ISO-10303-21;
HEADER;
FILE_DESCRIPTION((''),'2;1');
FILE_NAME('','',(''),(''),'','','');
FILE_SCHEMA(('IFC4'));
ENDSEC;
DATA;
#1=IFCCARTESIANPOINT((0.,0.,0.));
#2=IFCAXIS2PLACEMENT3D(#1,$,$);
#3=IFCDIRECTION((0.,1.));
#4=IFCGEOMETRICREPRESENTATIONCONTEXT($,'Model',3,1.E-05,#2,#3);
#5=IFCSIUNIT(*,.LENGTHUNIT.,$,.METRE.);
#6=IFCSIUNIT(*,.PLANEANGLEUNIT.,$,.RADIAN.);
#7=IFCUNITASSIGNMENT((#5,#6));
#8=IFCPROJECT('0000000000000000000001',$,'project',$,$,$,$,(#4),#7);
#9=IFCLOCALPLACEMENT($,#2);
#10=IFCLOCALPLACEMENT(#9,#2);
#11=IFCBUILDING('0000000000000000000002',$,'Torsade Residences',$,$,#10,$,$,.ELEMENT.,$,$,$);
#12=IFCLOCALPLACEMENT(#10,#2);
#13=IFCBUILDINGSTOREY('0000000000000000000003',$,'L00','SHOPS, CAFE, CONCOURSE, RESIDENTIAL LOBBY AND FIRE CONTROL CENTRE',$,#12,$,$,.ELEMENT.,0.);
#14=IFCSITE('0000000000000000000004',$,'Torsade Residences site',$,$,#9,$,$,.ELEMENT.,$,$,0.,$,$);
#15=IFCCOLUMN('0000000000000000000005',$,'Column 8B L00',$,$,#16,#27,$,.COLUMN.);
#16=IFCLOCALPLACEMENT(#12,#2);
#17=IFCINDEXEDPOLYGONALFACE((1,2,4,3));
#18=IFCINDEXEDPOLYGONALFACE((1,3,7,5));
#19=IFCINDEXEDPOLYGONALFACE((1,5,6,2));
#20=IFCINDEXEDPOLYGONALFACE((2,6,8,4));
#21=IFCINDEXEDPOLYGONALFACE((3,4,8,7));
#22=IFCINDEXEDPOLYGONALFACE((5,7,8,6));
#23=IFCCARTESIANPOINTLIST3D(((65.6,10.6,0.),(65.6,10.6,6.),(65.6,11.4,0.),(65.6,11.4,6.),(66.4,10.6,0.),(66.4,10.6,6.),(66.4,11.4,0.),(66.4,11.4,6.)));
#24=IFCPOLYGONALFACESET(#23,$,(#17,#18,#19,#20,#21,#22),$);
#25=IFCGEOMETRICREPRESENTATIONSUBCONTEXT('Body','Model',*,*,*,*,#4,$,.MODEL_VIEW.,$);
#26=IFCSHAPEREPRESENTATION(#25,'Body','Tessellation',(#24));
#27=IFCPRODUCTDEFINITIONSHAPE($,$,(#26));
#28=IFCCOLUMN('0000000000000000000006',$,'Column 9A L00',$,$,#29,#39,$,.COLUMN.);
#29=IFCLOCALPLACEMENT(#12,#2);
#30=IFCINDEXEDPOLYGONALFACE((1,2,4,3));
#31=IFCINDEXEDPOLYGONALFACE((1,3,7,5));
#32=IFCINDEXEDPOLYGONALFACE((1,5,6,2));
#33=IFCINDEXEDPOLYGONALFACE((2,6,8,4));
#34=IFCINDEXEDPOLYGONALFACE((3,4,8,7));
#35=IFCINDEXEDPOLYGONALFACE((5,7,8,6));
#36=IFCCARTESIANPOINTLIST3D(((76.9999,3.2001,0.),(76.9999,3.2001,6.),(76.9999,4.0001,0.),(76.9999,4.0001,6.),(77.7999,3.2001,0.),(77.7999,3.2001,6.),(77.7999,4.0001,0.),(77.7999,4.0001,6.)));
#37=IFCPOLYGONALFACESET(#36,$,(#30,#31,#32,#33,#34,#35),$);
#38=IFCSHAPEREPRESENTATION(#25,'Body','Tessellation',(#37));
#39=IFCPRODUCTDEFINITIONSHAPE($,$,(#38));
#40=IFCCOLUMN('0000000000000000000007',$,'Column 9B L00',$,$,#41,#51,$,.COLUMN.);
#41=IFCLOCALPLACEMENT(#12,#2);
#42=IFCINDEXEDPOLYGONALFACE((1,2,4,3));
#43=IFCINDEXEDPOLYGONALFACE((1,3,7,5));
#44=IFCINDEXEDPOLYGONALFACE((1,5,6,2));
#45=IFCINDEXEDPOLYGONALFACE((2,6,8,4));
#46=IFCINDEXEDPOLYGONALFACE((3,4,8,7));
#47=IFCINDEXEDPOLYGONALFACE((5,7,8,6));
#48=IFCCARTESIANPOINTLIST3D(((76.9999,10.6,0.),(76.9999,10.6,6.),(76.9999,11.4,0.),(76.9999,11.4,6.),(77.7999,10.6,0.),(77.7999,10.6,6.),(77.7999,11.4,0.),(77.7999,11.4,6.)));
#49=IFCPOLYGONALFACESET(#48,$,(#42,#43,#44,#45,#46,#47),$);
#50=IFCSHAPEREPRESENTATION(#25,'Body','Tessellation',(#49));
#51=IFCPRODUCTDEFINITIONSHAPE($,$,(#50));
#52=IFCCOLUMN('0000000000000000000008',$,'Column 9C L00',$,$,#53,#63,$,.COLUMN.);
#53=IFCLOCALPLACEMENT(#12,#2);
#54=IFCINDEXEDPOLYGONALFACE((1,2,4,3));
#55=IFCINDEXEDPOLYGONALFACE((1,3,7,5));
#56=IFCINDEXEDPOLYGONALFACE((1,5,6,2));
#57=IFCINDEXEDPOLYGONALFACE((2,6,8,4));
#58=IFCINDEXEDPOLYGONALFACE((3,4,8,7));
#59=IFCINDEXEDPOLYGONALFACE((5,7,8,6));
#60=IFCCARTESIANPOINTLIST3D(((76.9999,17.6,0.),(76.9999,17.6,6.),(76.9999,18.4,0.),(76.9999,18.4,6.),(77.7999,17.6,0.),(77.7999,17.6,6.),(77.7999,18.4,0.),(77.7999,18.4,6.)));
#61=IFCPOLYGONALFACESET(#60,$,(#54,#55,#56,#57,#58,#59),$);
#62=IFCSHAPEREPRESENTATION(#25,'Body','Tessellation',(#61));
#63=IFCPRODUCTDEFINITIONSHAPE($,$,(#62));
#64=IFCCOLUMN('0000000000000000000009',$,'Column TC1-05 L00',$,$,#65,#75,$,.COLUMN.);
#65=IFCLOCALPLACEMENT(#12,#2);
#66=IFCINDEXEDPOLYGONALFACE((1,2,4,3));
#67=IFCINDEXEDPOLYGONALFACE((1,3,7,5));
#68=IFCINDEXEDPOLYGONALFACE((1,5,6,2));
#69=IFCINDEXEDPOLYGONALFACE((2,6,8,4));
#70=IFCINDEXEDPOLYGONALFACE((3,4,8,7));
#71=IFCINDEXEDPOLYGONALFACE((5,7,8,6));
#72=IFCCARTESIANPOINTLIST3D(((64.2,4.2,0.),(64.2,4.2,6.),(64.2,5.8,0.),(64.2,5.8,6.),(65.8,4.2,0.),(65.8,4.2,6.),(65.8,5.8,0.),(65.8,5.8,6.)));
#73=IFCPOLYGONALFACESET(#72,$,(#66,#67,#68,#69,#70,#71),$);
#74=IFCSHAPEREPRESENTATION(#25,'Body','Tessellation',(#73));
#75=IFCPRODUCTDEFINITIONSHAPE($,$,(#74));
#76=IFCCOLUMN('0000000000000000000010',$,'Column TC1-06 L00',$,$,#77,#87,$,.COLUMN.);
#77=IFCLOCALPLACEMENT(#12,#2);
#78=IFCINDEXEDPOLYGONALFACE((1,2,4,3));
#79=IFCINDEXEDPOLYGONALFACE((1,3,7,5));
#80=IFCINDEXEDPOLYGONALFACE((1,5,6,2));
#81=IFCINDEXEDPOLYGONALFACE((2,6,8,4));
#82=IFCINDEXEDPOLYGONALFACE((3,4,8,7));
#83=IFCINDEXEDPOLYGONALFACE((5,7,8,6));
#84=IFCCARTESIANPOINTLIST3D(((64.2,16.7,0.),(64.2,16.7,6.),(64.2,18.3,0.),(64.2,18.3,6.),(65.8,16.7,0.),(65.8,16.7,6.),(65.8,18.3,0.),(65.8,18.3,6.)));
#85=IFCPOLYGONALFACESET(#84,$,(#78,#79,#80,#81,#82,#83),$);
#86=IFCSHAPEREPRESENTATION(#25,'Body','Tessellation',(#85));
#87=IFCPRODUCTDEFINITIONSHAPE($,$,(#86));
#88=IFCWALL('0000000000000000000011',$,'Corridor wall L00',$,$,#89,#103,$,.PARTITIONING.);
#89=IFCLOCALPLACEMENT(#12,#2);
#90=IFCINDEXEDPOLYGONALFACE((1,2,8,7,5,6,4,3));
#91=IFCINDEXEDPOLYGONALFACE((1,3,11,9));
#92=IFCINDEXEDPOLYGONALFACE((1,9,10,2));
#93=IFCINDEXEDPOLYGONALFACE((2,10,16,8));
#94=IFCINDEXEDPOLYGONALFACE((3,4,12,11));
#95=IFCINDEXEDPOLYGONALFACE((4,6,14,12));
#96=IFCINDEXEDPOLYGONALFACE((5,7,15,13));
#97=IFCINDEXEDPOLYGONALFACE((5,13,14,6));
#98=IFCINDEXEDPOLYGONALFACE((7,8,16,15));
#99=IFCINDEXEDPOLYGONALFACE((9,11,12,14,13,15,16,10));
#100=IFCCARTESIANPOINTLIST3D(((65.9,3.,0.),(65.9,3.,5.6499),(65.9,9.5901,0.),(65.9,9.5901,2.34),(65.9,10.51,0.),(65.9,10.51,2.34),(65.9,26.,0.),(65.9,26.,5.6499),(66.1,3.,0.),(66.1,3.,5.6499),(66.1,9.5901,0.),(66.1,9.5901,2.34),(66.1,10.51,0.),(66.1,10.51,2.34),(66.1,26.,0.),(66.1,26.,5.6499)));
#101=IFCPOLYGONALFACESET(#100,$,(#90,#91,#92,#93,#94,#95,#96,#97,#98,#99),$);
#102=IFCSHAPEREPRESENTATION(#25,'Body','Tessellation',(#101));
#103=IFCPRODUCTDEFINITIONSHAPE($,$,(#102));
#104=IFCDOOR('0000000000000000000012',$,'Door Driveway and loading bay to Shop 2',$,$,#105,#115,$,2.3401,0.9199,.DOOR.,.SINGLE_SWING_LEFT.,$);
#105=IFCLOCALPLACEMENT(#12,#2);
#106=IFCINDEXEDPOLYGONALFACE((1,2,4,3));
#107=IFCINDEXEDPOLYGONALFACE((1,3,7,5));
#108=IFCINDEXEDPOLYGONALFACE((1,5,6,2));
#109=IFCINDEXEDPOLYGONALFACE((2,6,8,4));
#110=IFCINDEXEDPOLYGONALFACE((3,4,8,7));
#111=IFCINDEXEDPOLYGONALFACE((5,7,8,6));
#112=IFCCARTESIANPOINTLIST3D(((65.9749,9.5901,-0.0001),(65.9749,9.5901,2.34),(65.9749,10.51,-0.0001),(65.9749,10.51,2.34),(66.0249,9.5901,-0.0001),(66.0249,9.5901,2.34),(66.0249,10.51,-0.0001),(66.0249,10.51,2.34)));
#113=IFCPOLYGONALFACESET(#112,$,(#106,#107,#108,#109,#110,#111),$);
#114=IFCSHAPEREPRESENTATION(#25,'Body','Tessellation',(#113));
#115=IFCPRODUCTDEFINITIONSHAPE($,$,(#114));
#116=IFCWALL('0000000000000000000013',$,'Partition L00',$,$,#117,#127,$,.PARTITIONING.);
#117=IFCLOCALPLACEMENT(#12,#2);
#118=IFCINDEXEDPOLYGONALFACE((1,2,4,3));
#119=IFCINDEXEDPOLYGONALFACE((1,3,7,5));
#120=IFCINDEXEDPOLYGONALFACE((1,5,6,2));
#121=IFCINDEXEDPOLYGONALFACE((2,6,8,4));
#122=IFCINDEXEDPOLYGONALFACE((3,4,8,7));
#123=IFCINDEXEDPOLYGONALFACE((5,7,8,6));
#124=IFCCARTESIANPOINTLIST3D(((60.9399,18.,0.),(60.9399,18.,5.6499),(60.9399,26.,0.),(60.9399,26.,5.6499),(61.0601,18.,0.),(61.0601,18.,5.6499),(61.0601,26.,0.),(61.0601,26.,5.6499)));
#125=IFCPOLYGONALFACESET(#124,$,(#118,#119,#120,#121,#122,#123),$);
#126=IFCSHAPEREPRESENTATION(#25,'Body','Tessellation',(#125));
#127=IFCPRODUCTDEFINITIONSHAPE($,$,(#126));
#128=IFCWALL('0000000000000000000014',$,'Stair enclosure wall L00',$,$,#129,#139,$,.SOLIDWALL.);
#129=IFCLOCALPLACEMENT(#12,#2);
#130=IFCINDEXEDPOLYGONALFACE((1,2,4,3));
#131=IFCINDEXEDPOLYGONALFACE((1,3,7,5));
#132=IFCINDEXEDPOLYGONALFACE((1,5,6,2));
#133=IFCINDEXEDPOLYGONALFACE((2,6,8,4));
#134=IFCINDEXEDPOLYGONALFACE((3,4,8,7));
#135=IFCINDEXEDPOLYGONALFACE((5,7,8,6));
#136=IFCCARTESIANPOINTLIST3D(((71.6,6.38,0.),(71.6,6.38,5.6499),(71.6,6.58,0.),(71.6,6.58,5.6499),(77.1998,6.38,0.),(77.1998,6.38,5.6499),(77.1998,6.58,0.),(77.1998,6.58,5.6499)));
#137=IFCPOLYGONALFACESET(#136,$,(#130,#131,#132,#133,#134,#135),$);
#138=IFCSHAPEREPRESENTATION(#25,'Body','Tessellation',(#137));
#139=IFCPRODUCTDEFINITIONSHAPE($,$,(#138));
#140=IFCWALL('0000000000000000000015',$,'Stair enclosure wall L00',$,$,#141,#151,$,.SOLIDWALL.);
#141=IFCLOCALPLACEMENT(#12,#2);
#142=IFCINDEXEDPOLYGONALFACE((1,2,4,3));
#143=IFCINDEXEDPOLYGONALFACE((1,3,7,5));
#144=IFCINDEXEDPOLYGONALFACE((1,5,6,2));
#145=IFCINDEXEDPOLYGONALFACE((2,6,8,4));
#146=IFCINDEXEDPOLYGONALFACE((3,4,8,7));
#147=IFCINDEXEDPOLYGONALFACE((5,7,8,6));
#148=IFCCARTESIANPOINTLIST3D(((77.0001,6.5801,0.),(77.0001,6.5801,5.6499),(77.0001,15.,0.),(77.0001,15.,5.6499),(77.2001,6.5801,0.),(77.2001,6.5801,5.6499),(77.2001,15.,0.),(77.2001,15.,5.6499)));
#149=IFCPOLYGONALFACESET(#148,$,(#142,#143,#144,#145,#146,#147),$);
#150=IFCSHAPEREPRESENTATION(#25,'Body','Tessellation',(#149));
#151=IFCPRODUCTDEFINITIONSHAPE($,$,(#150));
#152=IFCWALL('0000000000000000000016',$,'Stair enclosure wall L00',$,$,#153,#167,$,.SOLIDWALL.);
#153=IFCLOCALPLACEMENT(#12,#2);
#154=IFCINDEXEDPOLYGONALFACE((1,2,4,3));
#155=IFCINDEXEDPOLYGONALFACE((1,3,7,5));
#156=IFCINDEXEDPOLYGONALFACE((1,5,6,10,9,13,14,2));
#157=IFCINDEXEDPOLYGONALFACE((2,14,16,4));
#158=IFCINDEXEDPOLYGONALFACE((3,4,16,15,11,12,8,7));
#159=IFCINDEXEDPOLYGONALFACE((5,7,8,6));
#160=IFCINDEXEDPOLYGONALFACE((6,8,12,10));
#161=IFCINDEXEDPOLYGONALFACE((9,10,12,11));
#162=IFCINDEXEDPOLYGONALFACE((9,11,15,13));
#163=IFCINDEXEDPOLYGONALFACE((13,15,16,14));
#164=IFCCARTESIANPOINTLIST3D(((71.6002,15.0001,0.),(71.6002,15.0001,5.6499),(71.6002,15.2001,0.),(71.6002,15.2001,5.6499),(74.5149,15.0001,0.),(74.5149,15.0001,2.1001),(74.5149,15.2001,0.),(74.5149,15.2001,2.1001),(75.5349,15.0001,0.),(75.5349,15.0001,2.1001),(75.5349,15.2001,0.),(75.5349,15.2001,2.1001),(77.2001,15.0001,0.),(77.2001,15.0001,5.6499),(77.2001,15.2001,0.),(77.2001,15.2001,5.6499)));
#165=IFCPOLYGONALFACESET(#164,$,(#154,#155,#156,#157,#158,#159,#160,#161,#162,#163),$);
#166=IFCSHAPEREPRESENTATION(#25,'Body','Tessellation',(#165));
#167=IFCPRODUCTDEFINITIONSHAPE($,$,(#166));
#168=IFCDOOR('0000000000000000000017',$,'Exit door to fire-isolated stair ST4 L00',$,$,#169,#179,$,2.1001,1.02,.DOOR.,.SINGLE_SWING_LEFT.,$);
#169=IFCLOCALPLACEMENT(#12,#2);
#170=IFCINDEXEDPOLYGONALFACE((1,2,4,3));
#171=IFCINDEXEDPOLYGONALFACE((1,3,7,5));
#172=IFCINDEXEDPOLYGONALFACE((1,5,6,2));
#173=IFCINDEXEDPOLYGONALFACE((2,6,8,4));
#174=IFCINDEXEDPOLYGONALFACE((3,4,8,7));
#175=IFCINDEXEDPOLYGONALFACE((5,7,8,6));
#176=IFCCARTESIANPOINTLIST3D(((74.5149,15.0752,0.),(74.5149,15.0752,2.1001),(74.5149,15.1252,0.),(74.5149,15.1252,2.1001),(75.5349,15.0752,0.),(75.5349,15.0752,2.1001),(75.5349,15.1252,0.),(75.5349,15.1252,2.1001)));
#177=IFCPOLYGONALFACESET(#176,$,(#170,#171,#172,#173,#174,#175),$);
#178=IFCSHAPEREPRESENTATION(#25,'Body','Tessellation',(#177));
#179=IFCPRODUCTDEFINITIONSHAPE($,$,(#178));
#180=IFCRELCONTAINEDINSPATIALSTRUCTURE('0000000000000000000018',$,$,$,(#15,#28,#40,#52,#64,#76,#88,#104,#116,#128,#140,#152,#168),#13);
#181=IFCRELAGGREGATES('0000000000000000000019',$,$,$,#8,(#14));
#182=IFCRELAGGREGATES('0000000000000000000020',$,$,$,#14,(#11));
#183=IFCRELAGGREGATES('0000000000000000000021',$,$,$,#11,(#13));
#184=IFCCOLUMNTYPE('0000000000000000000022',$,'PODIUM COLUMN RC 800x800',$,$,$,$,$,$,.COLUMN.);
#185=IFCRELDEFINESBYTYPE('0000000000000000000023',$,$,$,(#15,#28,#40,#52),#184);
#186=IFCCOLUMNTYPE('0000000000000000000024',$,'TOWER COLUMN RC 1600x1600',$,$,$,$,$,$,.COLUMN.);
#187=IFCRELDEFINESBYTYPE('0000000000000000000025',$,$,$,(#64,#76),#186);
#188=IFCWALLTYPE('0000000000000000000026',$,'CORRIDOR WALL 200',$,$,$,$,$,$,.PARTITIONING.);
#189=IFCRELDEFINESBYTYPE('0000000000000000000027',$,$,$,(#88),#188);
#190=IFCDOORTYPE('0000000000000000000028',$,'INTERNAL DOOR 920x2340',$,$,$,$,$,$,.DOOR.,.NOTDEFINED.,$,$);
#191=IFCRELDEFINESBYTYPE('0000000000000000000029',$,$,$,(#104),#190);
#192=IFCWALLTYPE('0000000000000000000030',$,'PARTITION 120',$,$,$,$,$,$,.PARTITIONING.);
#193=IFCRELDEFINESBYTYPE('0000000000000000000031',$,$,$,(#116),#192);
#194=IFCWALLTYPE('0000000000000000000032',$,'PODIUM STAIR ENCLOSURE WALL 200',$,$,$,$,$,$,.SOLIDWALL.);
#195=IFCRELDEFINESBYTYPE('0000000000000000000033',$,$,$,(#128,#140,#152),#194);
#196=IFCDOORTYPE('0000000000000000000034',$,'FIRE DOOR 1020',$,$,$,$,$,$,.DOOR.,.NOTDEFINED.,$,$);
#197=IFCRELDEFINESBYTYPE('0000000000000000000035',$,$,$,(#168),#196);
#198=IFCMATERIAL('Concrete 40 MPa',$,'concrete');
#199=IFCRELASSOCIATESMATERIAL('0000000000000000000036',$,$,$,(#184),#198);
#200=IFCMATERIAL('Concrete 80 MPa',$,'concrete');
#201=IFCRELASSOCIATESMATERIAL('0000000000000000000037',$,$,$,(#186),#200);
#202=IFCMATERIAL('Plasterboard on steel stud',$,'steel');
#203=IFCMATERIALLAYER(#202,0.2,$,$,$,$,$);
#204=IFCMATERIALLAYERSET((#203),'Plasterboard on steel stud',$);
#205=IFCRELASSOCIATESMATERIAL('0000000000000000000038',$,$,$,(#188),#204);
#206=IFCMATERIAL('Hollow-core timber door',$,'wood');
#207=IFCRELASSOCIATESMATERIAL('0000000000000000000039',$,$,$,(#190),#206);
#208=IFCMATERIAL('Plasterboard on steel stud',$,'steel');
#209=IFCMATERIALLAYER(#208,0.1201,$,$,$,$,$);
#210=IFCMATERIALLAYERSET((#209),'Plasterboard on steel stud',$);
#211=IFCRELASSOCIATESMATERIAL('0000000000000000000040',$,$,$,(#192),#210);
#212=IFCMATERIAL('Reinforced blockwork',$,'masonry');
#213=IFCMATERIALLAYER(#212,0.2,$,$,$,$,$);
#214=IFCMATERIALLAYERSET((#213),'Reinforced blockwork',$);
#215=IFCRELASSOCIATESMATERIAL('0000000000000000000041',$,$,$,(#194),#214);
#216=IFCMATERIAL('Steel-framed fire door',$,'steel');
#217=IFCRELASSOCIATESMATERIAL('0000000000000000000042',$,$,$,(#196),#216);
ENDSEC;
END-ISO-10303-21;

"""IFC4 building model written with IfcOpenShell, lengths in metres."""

from ifc_helpers import new_model, si_unit, direction, frame, frame_2d, origin, origin_2d, place, context, subcontext, project, spatial, rectangle, extrude, material, layer, layer_set, material_profile, profile_set, type_object, element, fill, save


model = new_model("IFC4")

# Units and contexts
model_context = context("Model", 3, precision=1e-05, world=origin(), true_north=direction((0.0, 1.0)))
body_context = subcontext(model_context, "Body", "Model", "MODEL_VIEW")
ifc_project = project(units=[si_unit("LENGTHUNIT", "METRE"), si_unit("PLANEANGLEUNIT", "RADIAN")], contexts=[model_context])

# Site, building, storey
site_placement = place(None, origin())
site = spatial("IfcSite", under=ifc_project, at=site_placement, Name="Torsade Residences site", CompositionType="ELEMENT", RefElevation=0.0)
building_placement = place(site_placement, origin())
building = spatial("IfcBuilding", under=site, at=building_placement, Name="Torsade Residences", CompositionType="ELEMENT")
storey_placement = place(building_placement, origin())
storey = spatial("IfcBuildingStorey", under=building, at=storey_placement, Name="L00", Description="SHOPS, CAFE, CONCOURSE, RESIDENTIAL LOBBY AND FIRE CONTROL CENTRE", CompositionType="ELEMENT", Elevation=0.0)

# Columns
ifc_material_1 = material(Name="Concrete 40 MPa", Category="concrete")
ifc_material_profile_1 = material_profile(ifc_material_1, rectangle(XDim=0.8, YDim=0.8, at=origin_2d()), Name="RC 800x800")
ifc_profile_set_1 = profile_set([ifc_material_profile_1], Name="Concrete 40 MPa")
column_type_1 = type_object("IfcColumnType", Name="PODIUM COLUMN RC 800x800", PredefinedType="COLUMN", material=ifc_profile_set_1)
for number, where, z_axis, x_axis, name in (
    (1, (66.0, 11.0, 0.0), (0.0, 0.0, 1.0), (1.0, 0.0, 0.0), "Column 8B L00"),
    (2, (77.3999, 3.6001, 0.0), (0.0, 0.0, 1.0), (1.0, 0.0, 0.0), "Column 9A L00"),
    (3, (77.3999, 11.0, 0.0), (0.0, 0.0, 1.0), (1.0, 0.0, 0.0), "Column 9B L00"),
    (4, (77.3999, 18.0, 0.0), (0.0, 0.0, 1.0), (1.0, 0.0, 0.0), "Column 9C L00"),
):
    element("IfcColumn", number, at=place(storey_placement, frame(where, z_axis=z_axis, x_axis=x_axis)), inside=storey, type_object=column_type_1, Name=name, PredefinedType="COLUMN", context=body_context, shape_type="SweptSolid", body=[
        extrude(rectangle(XDim=0.8, YDim=0.8, at=origin_2d()), origin(), (0.0, 0.0, 1.0), 6.0),
    ])
ifc_material_2 = material(Name="Concrete 80 MPa", Category="concrete")
ifc_material_profile_2 = material_profile(ifc_material_2, rectangle(XDim=1.6001, YDim=1.6001, at=origin_2d()), Name="RC 1600x1600")
ifc_profile_set_2 = profile_set([ifc_material_profile_2], Name="Concrete 80 MPa")
column_type_2 = type_object("IfcColumnType", Name="TOWER COLUMN RC 1600x1600", PredefinedType="COLUMN", material=ifc_profile_set_2)
for number, where, z_axis, x_axis, name in (
    (5, (65.0, 5.0, 0.0), (0.0, 0.0, 1.0), (1.0, 0.0, 0.0), "Column TC1-05 L00"),
    (6, (65.0, 17.5, 0.0), (0.0, 0.0, 1.0), (1.0, 0.0, 0.0), "Column TC1-06 L00"),
):
    element("IfcColumn", number, at=place(storey_placement, frame(where, z_axis=z_axis, x_axis=x_axis)), inside=storey, type_object=column_type_2, Name=name, PredefinedType="COLUMN", context=body_context, shape_type="SweptSolid", body=[
        extrude(rectangle(XDim=1.6001, YDim=1.6001, at=origin_2d()), origin(), (0.0, 0.0, 1.0), 6.0),
    ])

# Wall, opening, door
ifc_material_3 = material(Name="Plasterboard on steel stud", Category="steel")
ifc_layer_1 = layer(ifc_material_3, 0.2)
ifc_layer_set_1 = layer_set([ifc_layer_1], Name="Plasterboard on steel stud")
wall_type_1 = type_object("IfcWallType", Name="CORRIDOR WALL 200", PredefinedType="PARTITIONING", material=ifc_layer_set_1)
wall_1_placement = place(storey_placement, frame((66.0, 26.0, 0.0), z_axis=(0.0, 0.0, 1.0), x_axis=(0.0, -1.0, 0.0)))
wall_1 = element("IfcWall", 7, at=wall_1_placement, inside=storey, type_object=wall_type_1, Name="Corridor wall L00", PredefinedType="PARTITIONING", context=body_context, shape_type="SweptSolid", body=[
    extrude(rectangle(XDim=23.0, YDim=0.2, at=frame_2d((11.5, 0.0))), origin(), (0.0, 0.0, 1.0), 5.6499),
])
opening_1_placement = place(wall_1_placement, frame((15.49, 0.0, 0.0)))
opening_1 = element("IfcOpeningElement", 8, at=opening_1_placement, cuts=wall_1, PredefinedType="OPENING", context=body_context, shape_type="SweptSolid", body=[
    extrude(rectangle(XDim=0.9199, YDim=2.3401, at=frame_2d((0.46, 1.1699))), frame((0.0, 0.1099, 0.0), z_axis=(0.0, -1.0, 0.0), x_axis=(1.0, 0.0, 0.0)), (0.0, 0.0, 1.0), 0.22),
])
ifc_material_4 = material(Name="Hollow-core timber door", Category="wood")
door_type_1 = type_object("IfcDoorType", Name="INTERNAL DOOR 920x2340", OperationType="NOTDEFINED", PredefinedType="DOOR", material=ifc_material_4)
door_1_placement = place(opening_1_placement, origin())
door_1 = element("IfcDoor", 9, at=door_1_placement, inside=storey, type_object=door_type_1, Name="Door Driveway and loading bay to Shop 2", OperationType="SINGLE_SWING_LEFT", OverallHeight=2.3401, OverallWidth=0.9199, PredefinedType="DOOR", context=body_context, shape_type="SweptSolid", body=[
    extrude(rectangle(XDim=0.9199, YDim=2.3401, at=frame_2d((0.46, 1.1699))), frame((0.0, 0.0249, 0.0), z_axis=(0.0, -1.0, 0.0), x_axis=(1.0, 0.0, 0.0)), (0.0, 0.0, 1.0), 0.05),
])
fill(opening_1, door_1)

# Walls
ifc_material_5 = material(Name="Plasterboard on steel stud", Category="steel")
ifc_layer_2 = layer(ifc_material_5, 0.1201)
ifc_layer_set_2 = layer_set([ifc_layer_2], Name="Plasterboard on steel stud")
wall_type_2 = type_object("IfcWallType", Name="PARTITION 120", PredefinedType="PARTITIONING", material=ifc_layer_set_2)
wall_2_placement = place(storey_placement, frame((61.0, 26.0, 0.0), z_axis=(0.0, 0.0, 1.0), x_axis=(0.0, -1.0, 0.0)))
element("IfcWall", 10, at=wall_2_placement, inside=storey, type_object=wall_type_2, Name="Partition L00", PredefinedType="PARTITIONING", context=body_context, shape_type="SweptSolid", body=[
    extrude(rectangle(XDim=8.0, YDim=0.1201, at=frame_2d((4.0, 0.0))), origin(), (0.0, 0.0, 1.0), 5.6499),
])
ifc_material_6 = material(Name="Reinforced blockwork", Category="masonry")
ifc_layer_3 = layer(ifc_material_6, 0.2)
ifc_layer_set_3 = layer_set([ifc_layer_3], Name="Reinforced blockwork")
wall_type_3 = type_object("IfcWallType", Name="PODIUM STAIR ENCLOSURE WALL 200", PredefinedType="SOLIDWALL", material=ifc_layer_set_3)
wall_3_placement = place(storey_placement, frame((71.6001, 6.48, 0.0), z_axis=(0.0, 0.0, 1.0), x_axis=(1.0, 0.0, 0.0)))
element("IfcWall", 11, at=wall_3_placement, inside=storey, type_object=wall_type_3, Name="Stair enclosure wall L00", PredefinedType="SOLIDWALL", context=body_context, shape_type="SweptSolid", body=[
    extrude(rectangle(XDim=5.5999, YDim=0.2, at=frame_2d((2.7998, 0.0))), origin(), (0.0, 0.0, 1.0), 5.6499),
])
wall_4_placement = place(storey_placement, frame((77.1001, 6.5801, 0.0), z_axis=(0.0, 0.0, 1.0), x_axis=(0.0, 1.0, 0.0)))
element("IfcWall", 12, at=wall_4_placement, inside=storey, type_object=wall_type_3, Name="Stair enclosure wall L00", PredefinedType="SOLIDWALL", context=body_context, shape_type="SweptSolid", body=[
    extrude(rectangle(XDim=8.4199, YDim=0.2, at=frame_2d((4.21, 0.0))), origin(), (0.0, 0.0, 1.0), 5.6499),
])

# Wall, opening, door
wall_5_placement = place(storey_placement, frame((77.2, 15.1001, 0.0), z_axis=(0.0, 0.0, 1.0), x_axis=(-1.0, 0.0, 0.0)))
wall_5 = element("IfcWall", 13, at=wall_5_placement, inside=storey, type_object=wall_type_3, Name="Stair enclosure wall L00", PredefinedType="SOLIDWALL", context=body_context, shape_type="SweptSolid", body=[
    extrude(rectangle(XDim=5.5999, YDim=0.2, at=frame_2d((2.7998, 0.0))), origin(), (0.0, 0.0, 1.0), 5.6499),
])
opening_2_placement = place(wall_5_placement, frame((1.665, 0.0, 0.0)))
opening_2 = element("IfcOpeningElement", 14, at=opening_2_placement, cuts=wall_5, PredefinedType="OPENING", context=body_context, shape_type="SweptSolid", body=[
    extrude(rectangle(XDim=1.02, YDim=2.1001, at=frame_2d((0.51, 1.05))), frame((0.0, 0.1099, 0.0), z_axis=(0.0, -1.0, 0.0), x_axis=(1.0, 0.0, 0.0)), (0.0, 0.0, 1.0), 0.22),
])
ifc_material_7 = material(Name="Steel-framed fire door", Category="steel")
door_type_2 = type_object("IfcDoorType", Name="FIRE DOOR 1020", OperationType="NOTDEFINED", PredefinedType="DOOR", material=ifc_material_7)
door_2_placement = place(opening_2_placement, origin())
door_2 = element("IfcDoor", 15, at=door_2_placement, inside=storey, type_object=door_type_2, Name="Exit door to fire-isolated stair ST4 L00", OperationType="SINGLE_SWING_LEFT", OverallHeight=2.1001, OverallWidth=1.02, PredefinedType="DOOR", context=body_context, shape_type="SweptSolid", body=[
    extrude(rectangle(XDim=1.02, YDim=2.1001, at=frame_2d((0.51, 1.05))), frame((0.0, 0.0249, 0.0), z_axis=(0.0, -1.0, 0.0), x_axis=(1.0, 0.0, 0.0)), (0.0, 0.0, 1.0), 0.05),
])
fill(opening_2, door_2)

save(model, "model.ifc")
